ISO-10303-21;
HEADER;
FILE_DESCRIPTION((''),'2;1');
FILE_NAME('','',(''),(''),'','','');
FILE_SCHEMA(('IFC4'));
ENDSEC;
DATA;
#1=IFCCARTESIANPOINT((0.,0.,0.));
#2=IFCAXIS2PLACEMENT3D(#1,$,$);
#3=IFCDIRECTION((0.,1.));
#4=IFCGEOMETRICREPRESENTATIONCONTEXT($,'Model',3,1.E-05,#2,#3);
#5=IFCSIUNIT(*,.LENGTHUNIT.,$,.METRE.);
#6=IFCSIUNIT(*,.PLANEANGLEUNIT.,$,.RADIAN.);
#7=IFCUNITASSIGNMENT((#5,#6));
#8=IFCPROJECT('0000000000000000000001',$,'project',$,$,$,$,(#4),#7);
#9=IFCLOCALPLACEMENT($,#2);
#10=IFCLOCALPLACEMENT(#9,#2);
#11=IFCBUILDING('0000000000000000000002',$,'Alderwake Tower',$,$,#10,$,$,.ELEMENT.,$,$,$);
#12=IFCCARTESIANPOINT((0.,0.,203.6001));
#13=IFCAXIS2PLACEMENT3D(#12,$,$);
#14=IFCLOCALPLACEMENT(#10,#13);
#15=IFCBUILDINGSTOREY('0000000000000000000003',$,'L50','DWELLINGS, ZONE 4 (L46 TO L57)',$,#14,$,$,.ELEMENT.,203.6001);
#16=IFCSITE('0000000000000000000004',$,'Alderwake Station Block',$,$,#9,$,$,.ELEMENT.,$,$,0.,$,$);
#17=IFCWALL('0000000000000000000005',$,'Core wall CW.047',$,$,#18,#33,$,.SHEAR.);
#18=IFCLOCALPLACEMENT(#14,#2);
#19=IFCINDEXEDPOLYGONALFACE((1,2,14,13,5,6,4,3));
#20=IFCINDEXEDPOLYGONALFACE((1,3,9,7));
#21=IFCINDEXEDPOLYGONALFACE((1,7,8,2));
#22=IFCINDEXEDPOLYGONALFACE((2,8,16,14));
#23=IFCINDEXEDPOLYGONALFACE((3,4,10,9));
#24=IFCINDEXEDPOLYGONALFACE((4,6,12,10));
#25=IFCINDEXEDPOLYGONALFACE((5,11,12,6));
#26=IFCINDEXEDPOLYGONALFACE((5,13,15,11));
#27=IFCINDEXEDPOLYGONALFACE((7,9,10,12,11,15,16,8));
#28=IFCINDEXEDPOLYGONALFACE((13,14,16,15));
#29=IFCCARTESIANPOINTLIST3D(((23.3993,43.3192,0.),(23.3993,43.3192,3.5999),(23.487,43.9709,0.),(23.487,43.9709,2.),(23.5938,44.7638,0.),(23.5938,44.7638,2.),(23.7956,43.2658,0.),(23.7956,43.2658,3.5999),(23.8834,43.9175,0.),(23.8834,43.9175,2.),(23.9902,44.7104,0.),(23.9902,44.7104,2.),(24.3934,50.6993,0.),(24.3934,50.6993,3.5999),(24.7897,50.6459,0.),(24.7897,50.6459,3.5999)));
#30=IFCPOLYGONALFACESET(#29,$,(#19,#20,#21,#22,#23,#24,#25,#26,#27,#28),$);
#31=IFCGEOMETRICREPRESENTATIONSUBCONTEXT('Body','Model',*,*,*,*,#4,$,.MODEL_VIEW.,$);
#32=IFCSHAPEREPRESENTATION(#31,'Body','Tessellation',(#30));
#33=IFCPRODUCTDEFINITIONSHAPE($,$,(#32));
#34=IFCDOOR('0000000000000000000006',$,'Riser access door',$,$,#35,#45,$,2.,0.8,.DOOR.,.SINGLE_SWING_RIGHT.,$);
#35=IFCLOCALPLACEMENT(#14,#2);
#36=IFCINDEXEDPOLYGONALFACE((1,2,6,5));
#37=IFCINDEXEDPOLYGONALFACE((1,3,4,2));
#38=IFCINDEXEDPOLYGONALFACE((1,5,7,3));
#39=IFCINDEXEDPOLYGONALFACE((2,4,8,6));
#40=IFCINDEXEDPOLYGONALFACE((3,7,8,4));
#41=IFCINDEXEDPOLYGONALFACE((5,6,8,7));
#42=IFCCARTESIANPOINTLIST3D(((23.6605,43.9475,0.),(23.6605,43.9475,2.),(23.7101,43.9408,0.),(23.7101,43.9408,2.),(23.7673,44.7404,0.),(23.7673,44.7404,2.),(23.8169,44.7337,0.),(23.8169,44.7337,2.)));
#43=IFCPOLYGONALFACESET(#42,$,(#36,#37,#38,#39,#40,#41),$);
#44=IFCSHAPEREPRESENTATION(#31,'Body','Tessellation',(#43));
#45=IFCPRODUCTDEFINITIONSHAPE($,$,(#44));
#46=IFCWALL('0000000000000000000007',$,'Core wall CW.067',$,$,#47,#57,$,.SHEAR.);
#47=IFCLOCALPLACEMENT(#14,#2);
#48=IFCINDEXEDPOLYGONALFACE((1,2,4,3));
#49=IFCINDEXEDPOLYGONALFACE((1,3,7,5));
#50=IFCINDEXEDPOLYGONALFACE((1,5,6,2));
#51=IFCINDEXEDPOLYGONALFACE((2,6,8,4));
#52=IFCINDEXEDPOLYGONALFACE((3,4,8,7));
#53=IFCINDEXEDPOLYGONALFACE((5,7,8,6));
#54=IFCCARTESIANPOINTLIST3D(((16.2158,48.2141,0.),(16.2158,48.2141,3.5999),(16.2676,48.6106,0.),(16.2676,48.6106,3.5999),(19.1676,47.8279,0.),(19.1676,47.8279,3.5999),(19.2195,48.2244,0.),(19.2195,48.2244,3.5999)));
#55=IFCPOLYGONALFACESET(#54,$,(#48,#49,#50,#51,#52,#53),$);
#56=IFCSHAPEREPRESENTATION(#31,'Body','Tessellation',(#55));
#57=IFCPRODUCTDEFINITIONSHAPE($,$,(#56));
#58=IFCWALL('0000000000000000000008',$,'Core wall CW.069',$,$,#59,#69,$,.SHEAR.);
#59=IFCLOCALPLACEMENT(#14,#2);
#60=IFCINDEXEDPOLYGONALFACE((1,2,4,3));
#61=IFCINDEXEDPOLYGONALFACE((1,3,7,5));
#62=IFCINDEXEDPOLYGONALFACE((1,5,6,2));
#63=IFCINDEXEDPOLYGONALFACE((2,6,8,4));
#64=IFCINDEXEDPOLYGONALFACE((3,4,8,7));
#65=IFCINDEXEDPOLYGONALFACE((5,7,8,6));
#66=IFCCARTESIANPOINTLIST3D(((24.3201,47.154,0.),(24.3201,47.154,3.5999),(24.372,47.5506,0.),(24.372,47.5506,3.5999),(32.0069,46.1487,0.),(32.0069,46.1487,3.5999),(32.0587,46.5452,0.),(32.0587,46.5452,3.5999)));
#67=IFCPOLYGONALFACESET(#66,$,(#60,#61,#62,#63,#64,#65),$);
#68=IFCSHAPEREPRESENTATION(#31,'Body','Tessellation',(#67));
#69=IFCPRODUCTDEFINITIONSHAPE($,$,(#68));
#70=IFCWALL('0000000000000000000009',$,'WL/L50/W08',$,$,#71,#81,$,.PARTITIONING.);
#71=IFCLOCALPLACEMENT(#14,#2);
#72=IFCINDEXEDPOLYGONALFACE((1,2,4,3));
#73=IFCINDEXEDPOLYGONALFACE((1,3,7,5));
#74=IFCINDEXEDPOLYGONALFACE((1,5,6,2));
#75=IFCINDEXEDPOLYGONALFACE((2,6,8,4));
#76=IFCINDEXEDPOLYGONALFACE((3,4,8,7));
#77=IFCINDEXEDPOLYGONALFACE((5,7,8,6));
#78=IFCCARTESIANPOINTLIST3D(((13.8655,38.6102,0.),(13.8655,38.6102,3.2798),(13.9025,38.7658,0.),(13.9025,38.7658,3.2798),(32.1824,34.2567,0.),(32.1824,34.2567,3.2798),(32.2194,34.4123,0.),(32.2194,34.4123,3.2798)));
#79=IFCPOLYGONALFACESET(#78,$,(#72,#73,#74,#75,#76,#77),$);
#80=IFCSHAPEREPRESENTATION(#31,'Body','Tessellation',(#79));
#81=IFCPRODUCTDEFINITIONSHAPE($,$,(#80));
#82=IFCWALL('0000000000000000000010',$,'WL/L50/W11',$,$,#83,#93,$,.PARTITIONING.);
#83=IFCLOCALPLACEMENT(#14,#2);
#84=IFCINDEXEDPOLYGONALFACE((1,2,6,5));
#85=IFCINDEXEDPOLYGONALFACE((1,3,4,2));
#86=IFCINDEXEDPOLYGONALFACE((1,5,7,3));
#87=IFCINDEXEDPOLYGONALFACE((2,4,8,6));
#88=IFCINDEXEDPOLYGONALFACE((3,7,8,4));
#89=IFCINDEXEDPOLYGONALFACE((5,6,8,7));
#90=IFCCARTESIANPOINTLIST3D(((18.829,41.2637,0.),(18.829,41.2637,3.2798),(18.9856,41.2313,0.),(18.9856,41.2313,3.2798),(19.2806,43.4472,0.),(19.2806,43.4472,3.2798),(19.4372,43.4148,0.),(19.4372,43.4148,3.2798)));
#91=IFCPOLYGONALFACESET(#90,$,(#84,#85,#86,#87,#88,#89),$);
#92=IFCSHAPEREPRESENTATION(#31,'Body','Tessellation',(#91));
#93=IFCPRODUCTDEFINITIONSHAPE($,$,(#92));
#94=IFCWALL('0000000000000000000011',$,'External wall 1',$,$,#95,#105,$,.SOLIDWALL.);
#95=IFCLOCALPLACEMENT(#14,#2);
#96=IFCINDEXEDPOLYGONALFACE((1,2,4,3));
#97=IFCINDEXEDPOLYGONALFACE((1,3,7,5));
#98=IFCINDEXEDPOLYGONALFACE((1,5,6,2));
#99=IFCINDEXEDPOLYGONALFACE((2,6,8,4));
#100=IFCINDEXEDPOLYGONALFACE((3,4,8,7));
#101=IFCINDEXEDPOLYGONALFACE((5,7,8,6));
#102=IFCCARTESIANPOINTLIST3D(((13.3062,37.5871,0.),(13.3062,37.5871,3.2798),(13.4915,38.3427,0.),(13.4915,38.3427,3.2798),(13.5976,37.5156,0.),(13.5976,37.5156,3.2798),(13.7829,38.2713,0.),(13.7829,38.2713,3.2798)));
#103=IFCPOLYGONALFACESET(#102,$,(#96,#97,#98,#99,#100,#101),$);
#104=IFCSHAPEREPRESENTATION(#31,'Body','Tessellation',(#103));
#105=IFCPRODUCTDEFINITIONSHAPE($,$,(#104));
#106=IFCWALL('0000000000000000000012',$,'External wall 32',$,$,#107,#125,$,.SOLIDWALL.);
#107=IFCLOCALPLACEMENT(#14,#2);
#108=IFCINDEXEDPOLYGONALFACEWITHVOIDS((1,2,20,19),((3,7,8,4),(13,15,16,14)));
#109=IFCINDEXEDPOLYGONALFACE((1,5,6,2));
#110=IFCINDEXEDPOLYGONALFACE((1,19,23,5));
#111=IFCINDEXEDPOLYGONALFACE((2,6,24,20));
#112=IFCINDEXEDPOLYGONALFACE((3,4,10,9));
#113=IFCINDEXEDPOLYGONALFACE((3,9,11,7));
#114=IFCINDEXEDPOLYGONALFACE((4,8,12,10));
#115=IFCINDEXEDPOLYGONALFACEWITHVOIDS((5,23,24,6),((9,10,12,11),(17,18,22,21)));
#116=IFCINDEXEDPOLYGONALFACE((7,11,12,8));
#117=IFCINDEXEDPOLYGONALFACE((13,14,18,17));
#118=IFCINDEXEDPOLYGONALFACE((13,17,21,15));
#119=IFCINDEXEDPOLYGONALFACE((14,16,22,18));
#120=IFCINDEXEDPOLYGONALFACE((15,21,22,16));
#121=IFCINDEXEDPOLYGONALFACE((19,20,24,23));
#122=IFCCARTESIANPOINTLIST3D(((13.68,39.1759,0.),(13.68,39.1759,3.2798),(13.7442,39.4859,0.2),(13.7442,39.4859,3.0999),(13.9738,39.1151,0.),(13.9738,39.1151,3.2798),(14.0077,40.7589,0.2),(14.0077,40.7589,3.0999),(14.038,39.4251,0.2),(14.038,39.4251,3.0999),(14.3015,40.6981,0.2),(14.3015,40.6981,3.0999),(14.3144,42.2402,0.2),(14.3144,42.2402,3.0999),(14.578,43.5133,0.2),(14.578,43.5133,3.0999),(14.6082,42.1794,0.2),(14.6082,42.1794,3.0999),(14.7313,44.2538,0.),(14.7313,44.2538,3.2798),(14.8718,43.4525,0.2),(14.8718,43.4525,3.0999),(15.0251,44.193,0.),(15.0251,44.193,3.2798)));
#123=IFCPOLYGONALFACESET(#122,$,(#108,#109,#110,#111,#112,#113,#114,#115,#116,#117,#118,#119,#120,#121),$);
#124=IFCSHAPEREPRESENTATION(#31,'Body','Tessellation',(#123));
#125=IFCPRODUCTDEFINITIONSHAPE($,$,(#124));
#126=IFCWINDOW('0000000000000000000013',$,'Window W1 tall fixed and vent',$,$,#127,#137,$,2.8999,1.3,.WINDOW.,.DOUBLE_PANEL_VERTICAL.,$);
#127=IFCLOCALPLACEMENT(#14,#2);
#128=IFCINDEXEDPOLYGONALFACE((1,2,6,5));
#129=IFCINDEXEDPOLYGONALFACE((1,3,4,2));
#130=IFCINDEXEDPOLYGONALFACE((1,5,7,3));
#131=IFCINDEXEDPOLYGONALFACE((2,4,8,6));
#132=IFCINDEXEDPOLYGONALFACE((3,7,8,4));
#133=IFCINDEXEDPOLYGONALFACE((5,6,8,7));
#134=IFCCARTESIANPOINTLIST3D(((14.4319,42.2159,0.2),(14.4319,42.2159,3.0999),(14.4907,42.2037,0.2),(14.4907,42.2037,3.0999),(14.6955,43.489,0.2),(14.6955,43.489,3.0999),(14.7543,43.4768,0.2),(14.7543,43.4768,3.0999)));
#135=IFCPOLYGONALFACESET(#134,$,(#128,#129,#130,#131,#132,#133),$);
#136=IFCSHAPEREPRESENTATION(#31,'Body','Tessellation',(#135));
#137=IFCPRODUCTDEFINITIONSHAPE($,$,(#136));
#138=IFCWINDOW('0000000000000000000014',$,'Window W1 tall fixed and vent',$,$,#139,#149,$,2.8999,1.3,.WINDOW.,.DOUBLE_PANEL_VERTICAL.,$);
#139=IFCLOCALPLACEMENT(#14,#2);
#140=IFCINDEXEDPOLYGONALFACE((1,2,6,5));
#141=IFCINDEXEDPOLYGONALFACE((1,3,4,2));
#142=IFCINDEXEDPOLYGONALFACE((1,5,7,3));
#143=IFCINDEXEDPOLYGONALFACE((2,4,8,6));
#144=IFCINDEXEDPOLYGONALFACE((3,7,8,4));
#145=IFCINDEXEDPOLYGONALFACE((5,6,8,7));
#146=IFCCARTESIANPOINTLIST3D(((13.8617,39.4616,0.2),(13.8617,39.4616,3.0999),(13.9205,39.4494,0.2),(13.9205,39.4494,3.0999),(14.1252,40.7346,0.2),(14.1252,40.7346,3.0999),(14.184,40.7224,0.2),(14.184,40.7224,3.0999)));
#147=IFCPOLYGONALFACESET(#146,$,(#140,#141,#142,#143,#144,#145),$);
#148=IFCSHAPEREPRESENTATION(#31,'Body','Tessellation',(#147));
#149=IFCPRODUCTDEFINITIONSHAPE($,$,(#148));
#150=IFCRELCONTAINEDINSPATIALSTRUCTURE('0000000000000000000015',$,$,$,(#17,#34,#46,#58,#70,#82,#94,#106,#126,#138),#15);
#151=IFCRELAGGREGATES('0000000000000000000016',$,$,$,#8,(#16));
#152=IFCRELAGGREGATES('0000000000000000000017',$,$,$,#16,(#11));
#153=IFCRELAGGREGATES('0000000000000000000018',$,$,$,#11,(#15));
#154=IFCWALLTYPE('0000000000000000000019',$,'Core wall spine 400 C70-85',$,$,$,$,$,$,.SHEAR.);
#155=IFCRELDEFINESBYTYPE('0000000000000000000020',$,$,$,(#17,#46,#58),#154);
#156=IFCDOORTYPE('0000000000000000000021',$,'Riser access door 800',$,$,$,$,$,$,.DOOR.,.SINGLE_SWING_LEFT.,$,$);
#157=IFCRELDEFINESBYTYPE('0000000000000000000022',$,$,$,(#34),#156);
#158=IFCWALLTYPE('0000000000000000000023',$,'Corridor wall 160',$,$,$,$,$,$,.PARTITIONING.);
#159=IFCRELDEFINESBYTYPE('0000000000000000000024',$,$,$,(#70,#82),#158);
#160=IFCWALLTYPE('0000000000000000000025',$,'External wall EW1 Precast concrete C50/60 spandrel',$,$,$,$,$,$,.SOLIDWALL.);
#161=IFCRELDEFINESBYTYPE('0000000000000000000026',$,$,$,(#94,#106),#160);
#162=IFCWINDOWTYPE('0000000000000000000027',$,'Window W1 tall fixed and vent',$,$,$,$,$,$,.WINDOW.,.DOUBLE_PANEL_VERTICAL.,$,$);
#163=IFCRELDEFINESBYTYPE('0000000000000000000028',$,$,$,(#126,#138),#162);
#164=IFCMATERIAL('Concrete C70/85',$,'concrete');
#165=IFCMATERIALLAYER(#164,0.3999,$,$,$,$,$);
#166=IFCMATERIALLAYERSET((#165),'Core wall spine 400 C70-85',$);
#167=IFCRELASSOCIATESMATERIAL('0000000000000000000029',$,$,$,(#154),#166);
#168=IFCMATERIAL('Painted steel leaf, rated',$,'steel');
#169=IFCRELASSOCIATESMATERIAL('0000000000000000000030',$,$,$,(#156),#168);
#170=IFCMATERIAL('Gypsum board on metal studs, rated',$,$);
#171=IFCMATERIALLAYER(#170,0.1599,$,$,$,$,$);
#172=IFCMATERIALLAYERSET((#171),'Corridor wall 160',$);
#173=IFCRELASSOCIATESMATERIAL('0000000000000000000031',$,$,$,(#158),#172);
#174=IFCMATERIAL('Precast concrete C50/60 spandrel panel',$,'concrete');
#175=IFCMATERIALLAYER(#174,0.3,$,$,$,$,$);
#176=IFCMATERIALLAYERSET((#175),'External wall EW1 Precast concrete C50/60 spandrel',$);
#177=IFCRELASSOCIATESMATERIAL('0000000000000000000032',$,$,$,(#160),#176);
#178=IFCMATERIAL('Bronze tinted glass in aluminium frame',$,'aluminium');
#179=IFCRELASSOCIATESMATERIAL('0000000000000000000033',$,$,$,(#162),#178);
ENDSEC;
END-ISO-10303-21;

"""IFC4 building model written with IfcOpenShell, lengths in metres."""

from ifc_helpers import new_model, si_unit, direction, frame, frame_2d, origin, place, context, subcontext, project, spatial, rectangle, extrude, material, layer, layer_set, type_object, element, fill, save


model = new_model("IFC4")

# Units and contexts
model_context = context("Model", 3, precision=1e-05, world=origin(), true_north=direction((0.0, 1.0)))
body_context = subcontext(model_context, "Body", "Model", "MODEL_VIEW")
ifc_project = project(units=[si_unit("LENGTHUNIT", "METRE"), si_unit("PLANEANGLEUNIT", "RADIAN")], contexts=[model_context])

# Site, building, storey
site_placement = place(None, origin())
site = spatial("IfcSite", under=ifc_project, at=site_placement, Name="Alderwake Station Block", CompositionType="ELEMENT", RefElevation=0.0)
building_placement = place(site_placement, origin())
building = spatial("IfcBuilding", under=site, at=building_placement, Name="Alderwake Tower", CompositionType="ELEMENT")
storey_placement = place(building_placement, frame((0.0, 0.0, 203.6001)))
storey = spatial("IfcBuildingStorey", under=building, at=storey_placement, Name="L50", Description="DWELLINGS, ZONE 4 (L46 TO L57)", CompositionType="ELEMENT", Elevation=203.6001)

# Shared definitions
ifc_material_1 = material(Name="Concrete C70/85", Category="concrete")
ifc_layer_1 = layer(ifc_material_1, 0.3999)
ifc_layer_set_1 = layer_set([ifc_layer_1], Name="Core wall spine 400 C70-85")
wall_type_1 = type_object("IfcWallType", Name="Core wall spine 400 C70-85", PredefinedType="SHEAR", material=ifc_layer_set_1)
ifc_material_2 = material(Name="Painted steel leaf, rated", Category="steel")
door_type_1 = type_object("IfcDoorType", Name="Riser access door 800", OperationType="SINGLE_SWING_LEFT", PredefinedType="DOOR", material=ifc_material_2)

# Wall, opening, door
wall_1_placement = place(storey_placement, frame((23.5974, 43.2925, 0.0), z_axis=(0.0, 0.0, 1.0), x_axis=(0.133499, 0.991049, 0.0)))
wall_1 = element("IfcWall", 1, at=wall_1_placement, inside=storey, type_object=wall_type_1, Name="Core wall CW.047", PredefinedType="SHEAR", context=body_context, shape_type="SweptSolid", body=[
    extrude(rectangle(XDim=7.4468, YDim=0.3999, at=frame_2d((3.7234, 0.0))), origin(), (0.0, 0.0, 1.0), 3.5999),
])
opening_1_placement = place(wall_1_placement, frame((0.6577, 0.0, 0.0)))
opening_1 = element("IfcOpeningElement", 2, at=opening_1_placement, cuts=wall_1, PredefinedType="OPENING", context=body_context, shape_type="SweptSolid", body=[
    extrude(rectangle(XDim=0.8, YDim=2.0, at=frame_2d((0.3999, 1.0))), frame((0.0, 0.21, 0.0), z_axis=(0.0, -1.0, 0.0), x_axis=(1.0, 0.0, 0.0)), (0.0, 0.0, 1.0), 0.4199),
])
door_1_placement = place(opening_1_placement, origin())
door_1 = element("IfcDoor", 3, at=door_1_placement, inside=storey, type_object=door_type_1, Name="Riser access door", OperationType="SINGLE_SWING_RIGHT", OverallHeight=2.0, OverallWidth=0.8, PredefinedType="DOOR", context=body_context, shape_type="SweptSolid", body=[
    extrude(rectangle(XDim=0.8, YDim=2.0, at=frame_2d((0.3999, 1.0))), frame((0.0, 0.0249, 0.0), z_axis=(0.0, -1.0, 0.0), x_axis=(1.0, 0.0, 0.0)), (0.0, 0.0, 1.0), 0.05),
])
fill(opening_1, door_1)

# Walls
wall_2_placement = place(storey_placement, frame((16.2417, 48.4124, 0.0), z_axis=(0.0, 0.0, 1.0), x_axis=(0.991549, -0.129735, 0.0)))
element("IfcWall", 4, at=wall_2_placement, inside=storey, type_object=wall_type_1, Name="Core wall CW.067", PredefinedType="SHEAR", context=body_context, shape_type="SweptSolid", body=[
    extrude(rectangle(XDim=2.9771, YDim=0.3999, at=frame_2d((1.4885, 0.0))), origin(), (0.0, 0.0, 1.0), 3.5999),
])
wall_3_placement = place(storey_placement, frame((24.3462, 47.3523, 0.0), z_axis=(0.0, 0.0, 1.0), x_axis=(0.991555, -0.129688, 0.0)))
element("IfcWall", 5, at=wall_3_placement, inside=storey, type_object=wall_type_1, Name="Core wall CW.069", PredefinedType="SHEAR", context=body_context, shape_type="SweptSolid", body=[
    extrude(rectangle(XDim=7.7522, YDim=0.3999, at=frame_2d((3.876, 0.0))), origin(), (0.0, 0.0, 1.0), 3.5999),
])
ifc_material_3 = material(Name="Gypsum board on metal studs, rated")
ifc_layer_2 = layer(ifc_material_3, 0.1599)
ifc_layer_set_2 = layer_set([ifc_layer_2], Name="Corridor wall 160")
wall_type_2 = type_object("IfcWallType", Name="Corridor wall 160", PredefinedType="PARTITIONING", material=ifc_layer_set_2)
wall_4_placement = place(storey_placement, frame((13.884, 38.688, 0.0), z_axis=(0.0, 0.0, 1.0), x_axis=(0.972898, -0.231236, 0.0)))
element("IfcWall", 6, at=wall_4_placement, inside=storey, type_object=wall_type_2, Name="WL/L50/W08", PredefinedType="PARTITIONING", context=body_context, shape_type="SweptSolid", body=[
    extrude(rectangle(XDim=18.8271, YDim=0.1599, at=frame_2d((9.4136, 0.0))), origin(), (0.0, 0.0, 1.0), 3.2798),
])
wall_5_placement = place(storey_placement, frame((19.3589, 43.4309, 0.0), z_axis=(0.0, 0.0, 1.0), x_axis=(-0.202555, -0.979271, 0.0)))
element("IfcWall", 7, at=wall_5_placement, inside=storey, type_object=wall_type_2, Name="WL/L50/W11", PredefinedType="PARTITIONING", context=body_context, shape_type="SweptSolid", body=[
    extrude(rectangle(XDim=2.2297, YDim=0.1599, at=frame_2d((1.1147, 0.0))), origin(), (0.0, 0.0, 1.0), 3.2798),
])
ifc_material_4 = material(Name="Precast concrete C50/60 spandrel panel", Category="concrete")
ifc_layer_3 = layer(ifc_material_4, 0.3)
ifc_layer_set_3 = layer_set([ifc_layer_3], Name="External wall EW1 Precast concrete C50/60 spandrel")
wall_type_3 = type_object("IfcWallType", Name="External wall EW1 Precast concrete C50/60 spandrel", PredefinedType="SOLIDWALL", material=ifc_layer_set_3)
wall_6_placement = place(storey_placement, frame((13.6372, 38.3071, 0.0), z_axis=(0.0, 0.0, 1.0), x_axis=(-0.238177, -0.971222, 0.0)))
element("IfcWall", 8, at=wall_6_placement, inside=storey, type_object=wall_type_3, Name="External wall 1", PredefinedType="SOLIDWALL", context=body_context, shape_type="SweptSolid", body=[
    extrude(rectangle(XDim=0.7781, YDim=0.3, at=frame_2d((0.3892, 0.0))), origin(), (0.0, 0.0, 1.0), 3.2798),
])

# Wall, openings, windows
wall_7_placement = place(storey_placement, frame((14.8782, 44.2234, 0.0), z_axis=(0.0, 0.0, 1.0), x_axis=(-0.20273, -0.979235, 0.0)))
wall_7 = element("IfcWall", 9, at=wall_7_placement, inside=storey, type_object=wall_type_3, Name="External wall 32", PredefinedType="SOLIDWALL", context=body_context, shape_type="SweptSolid", body=[
    extrude(rectangle(XDim=5.1855, YDim=0.3, at=frame_2d((2.5928, 0.0))), origin(), (0.0, 0.0, 1.0), 3.2798),
])
opening_2_placement = place(wall_7_placement, frame((0.7563, 0.0, 0.2)))
opening_2 = element("IfcOpeningElement", 10, at=opening_2_placement, cuts=wall_7, PredefinedType="OPENING", context=body_context, shape_type="SweptSolid", body=[
    extrude(rectangle(XDim=1.3, YDim=2.8999, at=frame_2d((0.6499, 1.45))), frame((0.0, 0.1599, 0.0), z_axis=(0.0, -1.0, 0.0), x_axis=(1.0, 0.0, 0.0)), (0.0, 0.0, 1.0), 0.3201),
])
opening_3_placement = place(wall_7_placement, frame((3.5691, 0.0, 0.2)))
opening_3 = element("IfcOpeningElement", 11, at=opening_3_placement, cuts=wall_7, PredefinedType="OPENING", context=body_context, shape_type="SweptSolid", body=[
    extrude(rectangle(XDim=1.3, YDim=2.8999, at=frame_2d((0.6499, 1.45))), frame((0.0, 0.1599, 0.0), z_axis=(0.0, -1.0, 0.0), x_axis=(1.0, 0.0, 0.0)), (0.0, 0.0, 1.0), 0.3201),
])
ifc_material_5 = material(Name="Bronze tinted glass in aluminium frame", Category="aluminium")
window_type = type_object("IfcWindowType", Name="Window W1 tall fixed and vent", PartitioningType="DOUBLE_PANEL_VERTICAL", PredefinedType="WINDOW", material=ifc_material_5)
window_1_placement = place(opening_2_placement, origin())
window_1 = element("IfcWindow", 12, at=window_1_placement, inside=storey, type_object=window_type, Name="Window W1 tall fixed and vent", OverallHeight=2.8999, OverallWidth=1.3, PartitioningType="DOUBLE_PANEL_VERTICAL", PredefinedType="WINDOW", context=body_context, shape_type="SweptSolid", body=[
    extrude(rectangle(XDim=1.3, YDim=2.8999, at=frame_2d((0.6499, 1.45))), frame((0.0, 0.03, 0.0), z_axis=(0.0, -1.0, 0.0), x_axis=(1.0, 0.0, 0.0)), (0.0, 0.0, 1.0), 0.0601),
])
fill(opening_2, window_1)
window_2_placement = place(opening_3_placement, origin())
window_2 = element("IfcWindow", 13, at=window_2_placement, inside=storey, type_object=window_type, Name="Window W1 tall fixed and vent", OverallHeight=2.8999, OverallWidth=1.3, PartitioningType="DOUBLE_PANEL_VERTICAL", PredefinedType="WINDOW", context=body_context, shape_type="SweptSolid", body=[
    extrude(rectangle(XDim=1.3, YDim=2.8999, at=frame_2d((0.6499, 1.45))), frame((0.0, 0.03, 0.0), z_axis=(0.0, -1.0, 0.0), x_axis=(1.0, 0.0, 0.0)), (0.0, 0.0, 1.0), 0.0601),
])
fill(opening_3, window_2)

save(model, "model.ifc")
